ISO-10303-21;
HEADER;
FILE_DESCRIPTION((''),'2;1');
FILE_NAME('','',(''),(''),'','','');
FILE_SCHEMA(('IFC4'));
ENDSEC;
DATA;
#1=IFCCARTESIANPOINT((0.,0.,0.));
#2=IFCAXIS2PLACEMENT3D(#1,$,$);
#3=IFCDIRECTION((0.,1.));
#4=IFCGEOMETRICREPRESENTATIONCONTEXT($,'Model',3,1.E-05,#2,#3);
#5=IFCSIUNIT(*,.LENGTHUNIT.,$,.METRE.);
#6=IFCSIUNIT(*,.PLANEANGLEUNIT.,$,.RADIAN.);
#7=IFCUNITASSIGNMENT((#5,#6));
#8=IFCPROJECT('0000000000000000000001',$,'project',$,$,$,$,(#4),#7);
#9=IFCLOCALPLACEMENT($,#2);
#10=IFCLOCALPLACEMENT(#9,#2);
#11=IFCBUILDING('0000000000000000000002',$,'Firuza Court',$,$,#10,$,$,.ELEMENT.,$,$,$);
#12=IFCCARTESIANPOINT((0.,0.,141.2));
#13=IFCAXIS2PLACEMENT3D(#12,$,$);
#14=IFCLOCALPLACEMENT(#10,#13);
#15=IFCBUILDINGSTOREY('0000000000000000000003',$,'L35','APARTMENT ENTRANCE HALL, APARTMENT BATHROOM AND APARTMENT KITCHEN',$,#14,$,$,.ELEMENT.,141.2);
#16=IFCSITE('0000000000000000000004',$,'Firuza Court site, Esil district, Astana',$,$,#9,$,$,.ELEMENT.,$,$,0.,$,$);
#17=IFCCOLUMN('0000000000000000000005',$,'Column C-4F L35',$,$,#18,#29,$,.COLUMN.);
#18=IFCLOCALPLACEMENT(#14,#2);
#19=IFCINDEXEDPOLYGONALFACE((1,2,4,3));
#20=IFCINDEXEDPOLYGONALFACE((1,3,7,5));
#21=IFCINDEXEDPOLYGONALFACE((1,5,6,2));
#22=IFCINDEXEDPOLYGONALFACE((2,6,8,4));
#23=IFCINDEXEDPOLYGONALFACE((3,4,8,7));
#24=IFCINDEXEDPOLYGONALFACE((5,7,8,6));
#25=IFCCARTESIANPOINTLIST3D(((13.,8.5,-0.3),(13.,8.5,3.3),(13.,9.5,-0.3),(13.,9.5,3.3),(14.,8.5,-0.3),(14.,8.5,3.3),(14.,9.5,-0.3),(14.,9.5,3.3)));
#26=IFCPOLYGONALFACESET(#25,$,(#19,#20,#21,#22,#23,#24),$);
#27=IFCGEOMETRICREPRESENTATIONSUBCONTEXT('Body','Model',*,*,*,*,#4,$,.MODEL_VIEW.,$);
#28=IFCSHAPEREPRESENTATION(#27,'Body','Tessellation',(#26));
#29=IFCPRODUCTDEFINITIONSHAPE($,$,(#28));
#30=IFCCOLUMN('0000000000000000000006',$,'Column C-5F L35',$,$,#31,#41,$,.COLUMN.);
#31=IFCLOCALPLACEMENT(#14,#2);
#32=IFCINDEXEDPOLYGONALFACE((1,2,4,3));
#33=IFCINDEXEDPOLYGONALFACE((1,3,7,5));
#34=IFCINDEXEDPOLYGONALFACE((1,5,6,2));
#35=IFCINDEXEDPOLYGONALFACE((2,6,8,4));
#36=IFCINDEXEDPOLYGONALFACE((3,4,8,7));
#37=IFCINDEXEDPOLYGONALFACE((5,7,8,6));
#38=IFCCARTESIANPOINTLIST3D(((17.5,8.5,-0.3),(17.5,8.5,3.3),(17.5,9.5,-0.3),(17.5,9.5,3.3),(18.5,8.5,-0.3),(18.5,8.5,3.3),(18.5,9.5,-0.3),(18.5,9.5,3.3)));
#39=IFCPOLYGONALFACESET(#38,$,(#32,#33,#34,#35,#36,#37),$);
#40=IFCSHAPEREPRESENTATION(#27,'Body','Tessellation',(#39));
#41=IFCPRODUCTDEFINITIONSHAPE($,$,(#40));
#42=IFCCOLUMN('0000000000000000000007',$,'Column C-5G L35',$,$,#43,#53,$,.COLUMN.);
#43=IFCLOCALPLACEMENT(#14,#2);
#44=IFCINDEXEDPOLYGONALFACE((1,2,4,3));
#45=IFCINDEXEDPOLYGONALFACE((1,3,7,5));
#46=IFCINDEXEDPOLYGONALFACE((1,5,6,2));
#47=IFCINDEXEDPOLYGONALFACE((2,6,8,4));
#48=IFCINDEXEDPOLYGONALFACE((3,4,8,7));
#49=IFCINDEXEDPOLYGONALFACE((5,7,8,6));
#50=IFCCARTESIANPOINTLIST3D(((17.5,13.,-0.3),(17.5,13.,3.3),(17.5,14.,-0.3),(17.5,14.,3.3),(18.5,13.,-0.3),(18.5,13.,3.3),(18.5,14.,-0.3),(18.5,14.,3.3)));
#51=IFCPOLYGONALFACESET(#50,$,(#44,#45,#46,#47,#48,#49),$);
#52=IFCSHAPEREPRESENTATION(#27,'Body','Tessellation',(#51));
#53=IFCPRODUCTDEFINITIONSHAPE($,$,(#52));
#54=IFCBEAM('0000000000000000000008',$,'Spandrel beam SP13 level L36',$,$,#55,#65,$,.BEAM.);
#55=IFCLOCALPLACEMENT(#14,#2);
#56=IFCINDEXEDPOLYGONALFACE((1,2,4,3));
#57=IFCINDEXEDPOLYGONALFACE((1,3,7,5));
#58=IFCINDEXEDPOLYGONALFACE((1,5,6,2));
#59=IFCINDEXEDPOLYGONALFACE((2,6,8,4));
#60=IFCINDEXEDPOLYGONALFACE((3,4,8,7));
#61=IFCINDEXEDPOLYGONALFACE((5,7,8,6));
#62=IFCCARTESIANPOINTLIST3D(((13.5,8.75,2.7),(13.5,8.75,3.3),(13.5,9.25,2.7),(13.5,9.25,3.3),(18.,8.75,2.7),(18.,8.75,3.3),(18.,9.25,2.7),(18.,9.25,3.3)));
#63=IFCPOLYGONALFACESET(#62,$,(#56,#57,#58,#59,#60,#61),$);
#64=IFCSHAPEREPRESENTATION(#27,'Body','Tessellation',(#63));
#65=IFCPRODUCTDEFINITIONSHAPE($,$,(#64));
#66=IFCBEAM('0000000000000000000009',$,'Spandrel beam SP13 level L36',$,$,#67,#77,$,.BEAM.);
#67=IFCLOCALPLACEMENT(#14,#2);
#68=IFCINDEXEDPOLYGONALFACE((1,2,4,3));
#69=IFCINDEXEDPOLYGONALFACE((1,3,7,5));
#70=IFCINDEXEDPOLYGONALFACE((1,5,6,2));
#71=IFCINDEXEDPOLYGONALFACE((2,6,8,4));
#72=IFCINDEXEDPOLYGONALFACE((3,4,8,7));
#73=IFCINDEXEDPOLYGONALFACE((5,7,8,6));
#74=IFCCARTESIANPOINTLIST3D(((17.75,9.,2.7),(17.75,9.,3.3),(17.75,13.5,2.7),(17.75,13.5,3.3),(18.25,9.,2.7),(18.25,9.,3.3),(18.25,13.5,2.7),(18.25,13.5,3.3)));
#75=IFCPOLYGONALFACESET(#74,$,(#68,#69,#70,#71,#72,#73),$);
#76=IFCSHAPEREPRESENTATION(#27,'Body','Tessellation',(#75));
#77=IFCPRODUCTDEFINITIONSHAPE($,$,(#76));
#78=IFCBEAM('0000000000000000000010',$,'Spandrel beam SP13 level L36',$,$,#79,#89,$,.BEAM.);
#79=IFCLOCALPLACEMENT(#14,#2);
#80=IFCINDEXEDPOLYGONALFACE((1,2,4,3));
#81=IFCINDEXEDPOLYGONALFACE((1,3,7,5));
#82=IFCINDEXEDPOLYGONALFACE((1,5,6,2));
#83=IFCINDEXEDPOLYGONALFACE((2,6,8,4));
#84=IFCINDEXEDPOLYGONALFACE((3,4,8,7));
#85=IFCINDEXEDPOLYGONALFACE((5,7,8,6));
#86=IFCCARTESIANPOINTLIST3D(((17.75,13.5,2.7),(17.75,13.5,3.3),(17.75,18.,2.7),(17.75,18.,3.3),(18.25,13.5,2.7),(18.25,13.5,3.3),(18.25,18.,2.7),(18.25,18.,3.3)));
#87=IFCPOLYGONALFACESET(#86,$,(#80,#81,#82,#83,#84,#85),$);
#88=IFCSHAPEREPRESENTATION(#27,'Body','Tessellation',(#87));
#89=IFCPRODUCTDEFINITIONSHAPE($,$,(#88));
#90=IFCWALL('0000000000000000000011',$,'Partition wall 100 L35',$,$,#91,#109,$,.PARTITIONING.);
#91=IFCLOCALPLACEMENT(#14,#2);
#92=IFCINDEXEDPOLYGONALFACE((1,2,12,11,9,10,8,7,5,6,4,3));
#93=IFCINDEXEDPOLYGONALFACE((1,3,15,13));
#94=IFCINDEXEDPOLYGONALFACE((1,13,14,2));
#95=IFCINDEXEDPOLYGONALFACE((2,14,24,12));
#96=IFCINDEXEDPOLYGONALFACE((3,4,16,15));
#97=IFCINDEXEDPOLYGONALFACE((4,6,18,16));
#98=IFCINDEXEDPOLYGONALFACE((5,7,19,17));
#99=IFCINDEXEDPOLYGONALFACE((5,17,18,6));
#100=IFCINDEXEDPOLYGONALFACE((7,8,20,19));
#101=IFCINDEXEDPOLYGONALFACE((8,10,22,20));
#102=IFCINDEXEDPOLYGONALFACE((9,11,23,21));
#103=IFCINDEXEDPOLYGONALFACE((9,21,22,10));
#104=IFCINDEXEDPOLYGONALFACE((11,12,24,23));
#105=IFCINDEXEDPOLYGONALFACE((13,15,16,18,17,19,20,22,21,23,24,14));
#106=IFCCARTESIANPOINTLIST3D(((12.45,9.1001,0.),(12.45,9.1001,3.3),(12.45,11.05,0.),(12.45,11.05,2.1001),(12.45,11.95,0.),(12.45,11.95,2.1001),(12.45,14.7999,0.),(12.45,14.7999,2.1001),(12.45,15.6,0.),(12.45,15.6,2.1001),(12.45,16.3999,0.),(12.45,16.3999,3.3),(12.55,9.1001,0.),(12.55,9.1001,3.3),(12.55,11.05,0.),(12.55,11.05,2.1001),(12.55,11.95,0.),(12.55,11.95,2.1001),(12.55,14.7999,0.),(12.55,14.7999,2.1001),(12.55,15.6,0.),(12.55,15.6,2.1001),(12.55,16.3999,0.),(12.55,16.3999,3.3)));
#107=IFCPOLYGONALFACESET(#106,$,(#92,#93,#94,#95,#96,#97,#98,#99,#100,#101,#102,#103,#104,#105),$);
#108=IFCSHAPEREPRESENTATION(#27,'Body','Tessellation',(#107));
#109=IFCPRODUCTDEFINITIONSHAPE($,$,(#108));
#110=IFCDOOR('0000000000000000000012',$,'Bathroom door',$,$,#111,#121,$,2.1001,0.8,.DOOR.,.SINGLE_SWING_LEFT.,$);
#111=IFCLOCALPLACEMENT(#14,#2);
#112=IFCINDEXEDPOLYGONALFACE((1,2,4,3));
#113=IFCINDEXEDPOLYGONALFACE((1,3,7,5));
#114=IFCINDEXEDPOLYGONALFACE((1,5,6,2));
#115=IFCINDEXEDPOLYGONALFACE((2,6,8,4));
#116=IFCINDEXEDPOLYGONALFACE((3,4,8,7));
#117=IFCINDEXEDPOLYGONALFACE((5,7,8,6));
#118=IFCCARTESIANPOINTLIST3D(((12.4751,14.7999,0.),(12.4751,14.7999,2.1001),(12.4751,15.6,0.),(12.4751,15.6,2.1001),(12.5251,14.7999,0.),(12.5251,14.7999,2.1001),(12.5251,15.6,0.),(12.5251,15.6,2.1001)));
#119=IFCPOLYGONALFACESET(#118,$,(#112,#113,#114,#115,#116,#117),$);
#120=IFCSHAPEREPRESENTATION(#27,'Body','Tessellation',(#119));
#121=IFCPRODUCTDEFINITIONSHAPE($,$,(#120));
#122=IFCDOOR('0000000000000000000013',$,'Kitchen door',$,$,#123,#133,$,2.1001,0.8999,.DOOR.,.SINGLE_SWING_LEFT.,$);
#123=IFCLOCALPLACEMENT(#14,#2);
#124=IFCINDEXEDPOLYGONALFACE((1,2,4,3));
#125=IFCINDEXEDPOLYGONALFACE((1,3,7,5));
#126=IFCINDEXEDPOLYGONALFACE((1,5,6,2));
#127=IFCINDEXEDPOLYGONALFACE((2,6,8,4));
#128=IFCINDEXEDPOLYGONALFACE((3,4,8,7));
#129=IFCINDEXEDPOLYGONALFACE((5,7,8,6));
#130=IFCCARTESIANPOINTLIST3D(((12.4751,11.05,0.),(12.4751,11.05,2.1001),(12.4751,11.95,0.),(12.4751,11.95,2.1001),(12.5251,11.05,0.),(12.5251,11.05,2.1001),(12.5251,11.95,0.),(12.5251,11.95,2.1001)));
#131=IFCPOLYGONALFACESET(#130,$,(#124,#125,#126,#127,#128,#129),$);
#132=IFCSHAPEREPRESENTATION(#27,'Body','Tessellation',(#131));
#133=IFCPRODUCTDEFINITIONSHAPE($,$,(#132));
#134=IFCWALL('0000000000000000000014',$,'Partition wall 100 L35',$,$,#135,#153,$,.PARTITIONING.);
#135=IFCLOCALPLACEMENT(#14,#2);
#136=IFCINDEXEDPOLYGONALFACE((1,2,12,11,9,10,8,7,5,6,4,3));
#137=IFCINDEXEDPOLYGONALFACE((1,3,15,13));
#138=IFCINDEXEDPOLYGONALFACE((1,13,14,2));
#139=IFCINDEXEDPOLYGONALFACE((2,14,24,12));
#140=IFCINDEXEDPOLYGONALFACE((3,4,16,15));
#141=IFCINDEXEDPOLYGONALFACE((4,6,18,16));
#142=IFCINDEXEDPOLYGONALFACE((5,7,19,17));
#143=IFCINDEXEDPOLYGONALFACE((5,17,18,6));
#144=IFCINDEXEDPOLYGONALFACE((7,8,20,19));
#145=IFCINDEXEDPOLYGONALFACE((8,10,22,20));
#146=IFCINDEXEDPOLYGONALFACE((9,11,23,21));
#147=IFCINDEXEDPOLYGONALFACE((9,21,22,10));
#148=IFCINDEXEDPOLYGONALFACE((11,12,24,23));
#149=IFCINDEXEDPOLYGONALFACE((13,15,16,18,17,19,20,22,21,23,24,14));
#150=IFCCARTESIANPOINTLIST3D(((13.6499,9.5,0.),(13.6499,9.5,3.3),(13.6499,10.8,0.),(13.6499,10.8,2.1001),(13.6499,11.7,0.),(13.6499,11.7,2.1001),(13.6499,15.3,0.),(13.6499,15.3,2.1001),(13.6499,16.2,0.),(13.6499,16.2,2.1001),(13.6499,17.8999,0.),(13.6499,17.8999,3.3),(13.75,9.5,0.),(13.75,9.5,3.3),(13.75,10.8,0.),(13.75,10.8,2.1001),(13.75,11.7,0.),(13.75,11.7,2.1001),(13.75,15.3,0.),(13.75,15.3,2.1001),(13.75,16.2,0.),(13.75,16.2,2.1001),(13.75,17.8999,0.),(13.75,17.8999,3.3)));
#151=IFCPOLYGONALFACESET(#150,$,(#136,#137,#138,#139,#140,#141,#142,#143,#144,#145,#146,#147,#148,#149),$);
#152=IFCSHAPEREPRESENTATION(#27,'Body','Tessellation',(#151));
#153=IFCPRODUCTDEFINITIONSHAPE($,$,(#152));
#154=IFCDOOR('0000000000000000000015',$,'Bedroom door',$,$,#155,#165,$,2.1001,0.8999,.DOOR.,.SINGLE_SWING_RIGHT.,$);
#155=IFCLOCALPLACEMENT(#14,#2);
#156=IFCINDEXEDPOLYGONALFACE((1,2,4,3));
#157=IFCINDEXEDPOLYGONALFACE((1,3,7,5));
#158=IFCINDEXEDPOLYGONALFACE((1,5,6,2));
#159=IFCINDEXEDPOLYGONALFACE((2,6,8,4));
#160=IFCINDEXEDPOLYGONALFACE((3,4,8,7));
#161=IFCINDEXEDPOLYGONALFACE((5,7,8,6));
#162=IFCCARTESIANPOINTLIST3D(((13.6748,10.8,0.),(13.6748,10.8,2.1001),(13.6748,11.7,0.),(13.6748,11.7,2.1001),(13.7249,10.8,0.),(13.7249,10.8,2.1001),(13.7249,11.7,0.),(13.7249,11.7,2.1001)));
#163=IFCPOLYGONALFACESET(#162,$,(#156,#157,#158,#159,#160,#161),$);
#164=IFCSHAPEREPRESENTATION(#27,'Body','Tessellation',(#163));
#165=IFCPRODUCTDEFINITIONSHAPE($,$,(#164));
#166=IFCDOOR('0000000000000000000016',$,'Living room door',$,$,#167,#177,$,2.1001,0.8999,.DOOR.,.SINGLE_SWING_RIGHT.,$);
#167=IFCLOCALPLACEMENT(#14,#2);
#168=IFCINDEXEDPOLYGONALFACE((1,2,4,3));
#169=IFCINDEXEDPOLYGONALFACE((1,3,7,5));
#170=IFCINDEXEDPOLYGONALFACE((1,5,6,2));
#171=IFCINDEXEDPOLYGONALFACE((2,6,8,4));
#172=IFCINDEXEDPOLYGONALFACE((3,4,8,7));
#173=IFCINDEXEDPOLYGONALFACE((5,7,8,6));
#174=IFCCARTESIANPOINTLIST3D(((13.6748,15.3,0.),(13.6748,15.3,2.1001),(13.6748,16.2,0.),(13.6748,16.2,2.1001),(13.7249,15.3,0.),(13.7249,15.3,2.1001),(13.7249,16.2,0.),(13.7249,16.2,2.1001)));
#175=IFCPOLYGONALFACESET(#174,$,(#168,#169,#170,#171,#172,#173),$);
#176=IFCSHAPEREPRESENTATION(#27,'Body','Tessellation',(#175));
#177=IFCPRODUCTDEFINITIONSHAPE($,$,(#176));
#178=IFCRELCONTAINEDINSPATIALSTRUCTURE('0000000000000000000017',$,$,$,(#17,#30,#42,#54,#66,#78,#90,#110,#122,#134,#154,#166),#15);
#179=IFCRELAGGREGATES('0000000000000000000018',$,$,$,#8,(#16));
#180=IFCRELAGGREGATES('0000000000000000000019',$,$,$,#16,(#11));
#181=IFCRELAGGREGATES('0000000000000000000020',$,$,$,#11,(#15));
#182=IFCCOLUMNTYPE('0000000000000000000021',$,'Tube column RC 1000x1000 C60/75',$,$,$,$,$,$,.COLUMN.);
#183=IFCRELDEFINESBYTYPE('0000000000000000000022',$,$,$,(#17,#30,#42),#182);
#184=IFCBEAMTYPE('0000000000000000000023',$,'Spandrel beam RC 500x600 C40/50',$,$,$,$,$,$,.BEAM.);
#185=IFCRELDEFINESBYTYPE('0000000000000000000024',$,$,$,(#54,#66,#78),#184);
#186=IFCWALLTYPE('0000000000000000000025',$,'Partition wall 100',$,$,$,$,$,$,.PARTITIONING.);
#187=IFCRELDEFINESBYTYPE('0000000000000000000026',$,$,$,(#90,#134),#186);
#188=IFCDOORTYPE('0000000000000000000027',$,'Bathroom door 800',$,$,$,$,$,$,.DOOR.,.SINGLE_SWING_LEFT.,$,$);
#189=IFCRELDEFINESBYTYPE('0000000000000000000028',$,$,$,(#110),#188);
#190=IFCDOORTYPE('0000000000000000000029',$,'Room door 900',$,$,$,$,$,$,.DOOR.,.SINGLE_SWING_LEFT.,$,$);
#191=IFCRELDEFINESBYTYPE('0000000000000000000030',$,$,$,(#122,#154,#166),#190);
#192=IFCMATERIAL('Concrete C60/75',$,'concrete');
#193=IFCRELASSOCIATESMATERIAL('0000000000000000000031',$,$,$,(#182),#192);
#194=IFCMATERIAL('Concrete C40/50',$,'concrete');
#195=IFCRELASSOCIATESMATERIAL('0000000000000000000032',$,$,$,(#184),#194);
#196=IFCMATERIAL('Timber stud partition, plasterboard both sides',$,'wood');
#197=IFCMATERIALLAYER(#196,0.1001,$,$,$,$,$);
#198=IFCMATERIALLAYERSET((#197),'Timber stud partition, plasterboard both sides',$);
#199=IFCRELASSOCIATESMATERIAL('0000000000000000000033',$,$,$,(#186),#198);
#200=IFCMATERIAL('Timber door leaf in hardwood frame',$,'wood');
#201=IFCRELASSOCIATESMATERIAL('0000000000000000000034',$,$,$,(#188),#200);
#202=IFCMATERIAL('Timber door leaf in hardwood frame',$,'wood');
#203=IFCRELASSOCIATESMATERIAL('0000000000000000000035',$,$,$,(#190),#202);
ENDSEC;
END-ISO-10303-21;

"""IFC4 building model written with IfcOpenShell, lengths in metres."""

from ifc_helpers import new_model, si_unit, direction, frame, frame_2d, origin, origin_2d, place, context, subcontext, project, spatial, rectangle, extrude, material, layer, layer_set, material_profile, profile_set, type_object, element, fill, save


model = new_model("IFC4")

# Units and contexts
model_context = context("Model", 3, precision=1e-05, world=origin(), true_north=direction((0.0, 1.0)))
body_context = subcontext(model_context, "Body", "Model", "MODEL_VIEW")
ifc_project = project(units=[si_unit("LENGTHUNIT", "METRE"), si_unit("PLANEANGLEUNIT", "RADIAN")], contexts=[model_context])

# Site, building, storey
site_placement = place(None, origin())
site = spatial("IfcSite", under=ifc_project, at=site_placement, Name="Firuza Court site, Esil district, Astana", CompositionType="ELEMENT", RefElevation=0.0)
building_placement = place(site_placement, origin())
building = spatial("IfcBuilding", under=site, at=building_placement, Name="Firuza Court", CompositionType="ELEMENT")
storey_placement = place(building_placement, frame((0.0, 0.0, 141.2)))
storey = spatial("IfcBuildingStorey", under=building, at=storey_placement, Name="L35", Description="APARTMENT ENTRANCE HALL, APARTMENT BATHROOM AND APARTMENT KITCHEN", CompositionType="ELEMENT", Elevation=141.2)

# Columns
ifc_material_1 = material(Name="Concrete C60/75", Category="concrete")
ifc_material_profile_1 = material_profile(ifc_material_1, rectangle(XDim=1.0, YDim=1.0, at=origin_2d()), Name="RC 1000x1000")
ifc_profile_set_1 = profile_set([ifc_material_profile_1], Name="Concrete C60/75")
column_type = type_object("IfcColumnType", Name="Tube column RC 1000x1000 C60/75", PredefinedType="COLUMN", material=ifc_profile_set_1)
for number, where, z_axis, x_axis, name in (
    (1, (13.5, 9.0, -0.3), (0.0, 0.0, 1.0), (1.0, 0.0, 0.0), "Column C-4F L35"),
    (2, (18.0, 9.0, -0.3), (0.0, 0.0, 1.0), (1.0, 0.0, 0.0), "Column C-5F L35"),
    (3, (18.0, 13.5, -0.3), (0.0, 0.0, 1.0), (1.0, 0.0, 0.0), "Column C-5G L35"),
):
    element("IfcColumn", number, at=place(storey_placement, frame(where, z_axis=z_axis, x_axis=x_axis)), inside=storey, type_object=column_type, Name=name, PredefinedType="COLUMN", context=body_context, shape_type="SweptSolid", body=[
        extrude(rectangle(XDim=1.0, YDim=1.0, at=origin_2d()), origin(), (0.0, 0.0, 1.0), 3.6001),
    ])

# Beams
ifc_material_2 = material(Name="Concrete C40/50", Category="concrete")
ifc_material_profile_2 = material_profile(ifc_material_2, rectangle(XDim=0.5, YDim=0.6001, at=origin_2d()), Name="RC 500x600")
ifc_profile_set_2 = profile_set([ifc_material_profile_2], Name="Concrete C40/50")
beam_type = type_object("IfcBeamType", Name="Spandrel beam RC 500x600 C40/50", PredefinedType="BEAM", material=ifc_profile_set_2)
for number, where, z_axis, x_axis, name in (
    (4, (13.5, 9.0, 3.0), (1.0, 0.0, 0.0), (0.0, 1.0, 0.0), "Spandrel beam SP13 level L36"),
    (5, (18.0, 9.0, 3.0), (0.0, 1.0, 0.0), (-1.0, 0.0, 0.0), "Spandrel beam SP13 level L36"),
    (6, (18.0, 13.5, 3.0), (0.0, 1.0, 0.0), (-1.0, 0.0, 0.0), "Spandrel beam SP13 level L36"),
):
    element("IfcBeam", number, at=place(storey_placement, frame(where, z_axis=z_axis, x_axis=x_axis)), inside=storey, type_object=beam_type, Name=name, PredefinedType="BEAM", context=body_context, shape_type="SweptSolid", body=[
        extrude(rectangle(XDim=0.5, YDim=0.6001, at=origin_2d()), origin(), (0.0, 0.0, 1.0), 4.5),
    ])

# Walls, openings, doors
ifc_material_3 = material(Name="Timber stud partition, plasterboard both sides", Category="wood")
ifc_layer_1 = layer(ifc_material_3, 0.1001)
ifc_layer_set_1 = layer_set([ifc_layer_1], Name="Timber stud partition, plasterboard both sides")
wall_type_1 = type_object("IfcWallType", Name="Partition wall 100", PredefinedType="PARTITIONING", material=ifc_layer_set_1)
wall_1_placement = place(storey_placement, frame((12.5, 9.1001, 0.0), z_axis=(0.0, 0.0, 1.0), x_axis=(0.0, 1.0, 0.0)))
wall_1 = element("IfcWall", 7, at=wall_1_placement, inside=storey, type_object=wall_type_1, Name="Partition wall 100 L35", PredefinedType="PARTITIONING", context=body_context, shape_type="SweptSolid", body=[
    extrude(rectangle(XDim=7.2998, YDim=0.1001, at=frame_2d((3.6499, 0.0))), origin(), (0.0, 0.0, 1.0), 3.3),
])
opening_1_placement = place(wall_1_placement, frame((5.7, 0.0, 0.0)))
opening_1 = element("IfcOpeningElement", 8, at=opening_1_placement, cuts=wall_1, PredefinedType="OPENING", context=body_context, shape_type="SweptSolid", body=[
    extrude(rectangle(XDim=0.8, YDim=2.1001, at=frame_2d((0.3999, 1.05))), frame((0.0, 0.062, 0.0), z_axis=(0.0, -1.0, 0.0), x_axis=(1.0, 0.0, 0.0)), (0.0, 0.0, 1.0), 0.124),
])
opening_2_placement = place(wall_1_placement, frame((1.95, 0.0, 0.0)))
opening_2 = element("IfcOpeningElement", 9, at=opening_2_placement, cuts=wall_1, PredefinedType="OPENING", context=body_context, shape_type="SweptSolid", body=[
    extrude(rectangle(XDim=0.8999, YDim=2.1001, at=frame_2d((0.45, 1.05))), frame((0.0, 0.062, 0.0), z_axis=(0.0, -1.0, 0.0), x_axis=(1.0, 0.0, 0.0)), (0.0, 0.0, 1.0), 0.124),
])
ifc_material_4 = material(Name="Timber door leaf in hardwood frame", Category="wood")
door_type_1 = type_object("IfcDoorType", Name="Bathroom door 800", OperationType="SINGLE_SWING_LEFT", PredefinedType="DOOR", material=ifc_material_4)
door_1_placement = place(opening_1_placement, origin())
door_1 = element("IfcDoor", 10, at=door_1_placement, inside=storey, type_object=door_type_1, Name="Bathroom door", OperationType="SINGLE_SWING_LEFT", OverallHeight=2.1001, OverallWidth=0.8, PredefinedType="DOOR", context=body_context, shape_type="SweptSolid", body=[
    extrude(rectangle(XDim=0.8, YDim=2.1001, at=frame_2d((0.3999, 1.05))), frame((0.0, 0.0249, 0.0), z_axis=(0.0, -1.0, 0.0), x_axis=(1.0, 0.0, 0.0)), (0.0, 0.0, 1.0), 0.05),
])
fill(opening_1, door_1)
ifc_material_5 = material(Name="Timber door leaf in hardwood frame", Category="wood")
door_type_2 = type_object("IfcDoorType", Name="Room door 900", OperationType="SINGLE_SWING_LEFT", PredefinedType="DOOR", material=ifc_material_5)
door_2_placement = place(opening_2_placement, origin())
door_2 = element("IfcDoor", 11, at=door_2_placement, inside=storey, type_object=door_type_2, Name="Kitchen door", OperationType="SINGLE_SWING_LEFT", OverallHeight=2.1001, OverallWidth=0.8999, PredefinedType="DOOR", context=body_context, shape_type="SweptSolid", body=[
    extrude(rectangle(XDim=0.8999, YDim=2.1001, at=frame_2d((0.45, 1.05))), frame((0.0, 0.0249, 0.0), z_axis=(0.0, -1.0, 0.0), x_axis=(1.0, 0.0, 0.0)), (0.0, 0.0, 1.0), 0.05),
])
fill(opening_2, door_2)
wall_2_placement = place(storey_placement, frame((13.7, 9.5, 0.0), z_axis=(0.0, 0.0, 1.0), x_axis=(0.0, 1.0, 0.0)))
wall_2 = element("IfcWall", 12, at=wall_2_placement, inside=storey, type_object=wall_type_1, Name="Partition wall 100 L35", PredefinedType="PARTITIONING", context=body_context, shape_type="SweptSolid", body=[
    extrude(rectangle(XDim=8.3999, YDim=0.1001, at=frame_2d((4.2, 0.0))), origin(), (0.0, 0.0, 1.0), 3.3),
])
opening_3_placement = place(wall_2_placement, frame((1.3, 0.0, 0.0)))
opening_3 = element("IfcOpeningElement", 13, at=opening_3_placement, cuts=wall_2, PredefinedType="OPENING", context=body_context, shape_type="SweptSolid", body=[
    extrude(rectangle(XDim=0.8999, YDim=2.1001, at=frame_2d((0.45, 1.05))), frame((0.0, 0.062, 0.0), z_axis=(0.0, -1.0, 0.0), x_axis=(1.0, 0.0, 0.0)), (0.0, 0.0, 1.0), 0.124),
])
opening_4_placement = place(wall_2_placement, frame((5.8, 0.0, 0.0)))
opening_4 = element("IfcOpeningElement", 14, at=opening_4_placement, cuts=wall_2, PredefinedType="OPENING", context=body_context, shape_type="SweptSolid", body=[
    extrude(rectangle(XDim=0.8999, YDim=2.1001, at=frame_2d((0.45, 1.05))), frame((0.0, 0.062, 0.0), z_axis=(0.0, -1.0, 0.0), x_axis=(1.0, 0.0, 0.0)), (0.0, 0.0, 1.0), 0.124),
])
door_3_placement = place(opening_3_placement, frame((0.8999, 0.0, 0.0), z_axis=(0.0, 0.0, 1.0), x_axis=(-1.0, 0.0, 0.0)))
door_3 = element("IfcDoor", 15, at=door_3_placement, inside=storey, type_object=door_type_2, Name="Bedroom door", OperationType="SINGLE_SWING_RIGHT", OverallHeight=2.1001, OverallWidth=0.8999, PredefinedType="DOOR", context=body_context, shape_type="SweptSolid", body=[
    extrude(rectangle(XDim=0.8999, YDim=2.1001, at=frame_2d((0.45, 1.05))), frame((0.0, 0.0249, 0.0), z_axis=(0.0, -1.0, 0.0), x_axis=(1.0, 0.0, 0.0)), (0.0, 0.0, 1.0), 0.05),
])
fill(opening_3, door_3)
door_4_placement = place(opening_4_placement, frame((0.8999, 0.0, 0.0), z_axis=(0.0, 0.0, 1.0), x_axis=(-1.0, 0.0, 0.0)))
door_4 = element("IfcDoor", 16, at=door_4_placement, inside=storey, type_object=door_type_2, Name="Living room door", OperationType="SINGLE_SWING_RIGHT", OverallHeight=2.1001, OverallWidth=0.8999, PredefinedType="DOOR", context=body_context, shape_type="SweptSolid", body=[
    extrude(rectangle(XDim=0.8999, YDim=2.1001, at=frame_2d((0.45, 1.05))), frame((0.0, 0.0249, 0.0), z_axis=(0.0, -1.0, 0.0), x_axis=(1.0, 0.0, 0.0)), (0.0, 0.0, 1.0), 0.05),
])
fill(opening_4, door_4)

save(model, "model.ifc")
